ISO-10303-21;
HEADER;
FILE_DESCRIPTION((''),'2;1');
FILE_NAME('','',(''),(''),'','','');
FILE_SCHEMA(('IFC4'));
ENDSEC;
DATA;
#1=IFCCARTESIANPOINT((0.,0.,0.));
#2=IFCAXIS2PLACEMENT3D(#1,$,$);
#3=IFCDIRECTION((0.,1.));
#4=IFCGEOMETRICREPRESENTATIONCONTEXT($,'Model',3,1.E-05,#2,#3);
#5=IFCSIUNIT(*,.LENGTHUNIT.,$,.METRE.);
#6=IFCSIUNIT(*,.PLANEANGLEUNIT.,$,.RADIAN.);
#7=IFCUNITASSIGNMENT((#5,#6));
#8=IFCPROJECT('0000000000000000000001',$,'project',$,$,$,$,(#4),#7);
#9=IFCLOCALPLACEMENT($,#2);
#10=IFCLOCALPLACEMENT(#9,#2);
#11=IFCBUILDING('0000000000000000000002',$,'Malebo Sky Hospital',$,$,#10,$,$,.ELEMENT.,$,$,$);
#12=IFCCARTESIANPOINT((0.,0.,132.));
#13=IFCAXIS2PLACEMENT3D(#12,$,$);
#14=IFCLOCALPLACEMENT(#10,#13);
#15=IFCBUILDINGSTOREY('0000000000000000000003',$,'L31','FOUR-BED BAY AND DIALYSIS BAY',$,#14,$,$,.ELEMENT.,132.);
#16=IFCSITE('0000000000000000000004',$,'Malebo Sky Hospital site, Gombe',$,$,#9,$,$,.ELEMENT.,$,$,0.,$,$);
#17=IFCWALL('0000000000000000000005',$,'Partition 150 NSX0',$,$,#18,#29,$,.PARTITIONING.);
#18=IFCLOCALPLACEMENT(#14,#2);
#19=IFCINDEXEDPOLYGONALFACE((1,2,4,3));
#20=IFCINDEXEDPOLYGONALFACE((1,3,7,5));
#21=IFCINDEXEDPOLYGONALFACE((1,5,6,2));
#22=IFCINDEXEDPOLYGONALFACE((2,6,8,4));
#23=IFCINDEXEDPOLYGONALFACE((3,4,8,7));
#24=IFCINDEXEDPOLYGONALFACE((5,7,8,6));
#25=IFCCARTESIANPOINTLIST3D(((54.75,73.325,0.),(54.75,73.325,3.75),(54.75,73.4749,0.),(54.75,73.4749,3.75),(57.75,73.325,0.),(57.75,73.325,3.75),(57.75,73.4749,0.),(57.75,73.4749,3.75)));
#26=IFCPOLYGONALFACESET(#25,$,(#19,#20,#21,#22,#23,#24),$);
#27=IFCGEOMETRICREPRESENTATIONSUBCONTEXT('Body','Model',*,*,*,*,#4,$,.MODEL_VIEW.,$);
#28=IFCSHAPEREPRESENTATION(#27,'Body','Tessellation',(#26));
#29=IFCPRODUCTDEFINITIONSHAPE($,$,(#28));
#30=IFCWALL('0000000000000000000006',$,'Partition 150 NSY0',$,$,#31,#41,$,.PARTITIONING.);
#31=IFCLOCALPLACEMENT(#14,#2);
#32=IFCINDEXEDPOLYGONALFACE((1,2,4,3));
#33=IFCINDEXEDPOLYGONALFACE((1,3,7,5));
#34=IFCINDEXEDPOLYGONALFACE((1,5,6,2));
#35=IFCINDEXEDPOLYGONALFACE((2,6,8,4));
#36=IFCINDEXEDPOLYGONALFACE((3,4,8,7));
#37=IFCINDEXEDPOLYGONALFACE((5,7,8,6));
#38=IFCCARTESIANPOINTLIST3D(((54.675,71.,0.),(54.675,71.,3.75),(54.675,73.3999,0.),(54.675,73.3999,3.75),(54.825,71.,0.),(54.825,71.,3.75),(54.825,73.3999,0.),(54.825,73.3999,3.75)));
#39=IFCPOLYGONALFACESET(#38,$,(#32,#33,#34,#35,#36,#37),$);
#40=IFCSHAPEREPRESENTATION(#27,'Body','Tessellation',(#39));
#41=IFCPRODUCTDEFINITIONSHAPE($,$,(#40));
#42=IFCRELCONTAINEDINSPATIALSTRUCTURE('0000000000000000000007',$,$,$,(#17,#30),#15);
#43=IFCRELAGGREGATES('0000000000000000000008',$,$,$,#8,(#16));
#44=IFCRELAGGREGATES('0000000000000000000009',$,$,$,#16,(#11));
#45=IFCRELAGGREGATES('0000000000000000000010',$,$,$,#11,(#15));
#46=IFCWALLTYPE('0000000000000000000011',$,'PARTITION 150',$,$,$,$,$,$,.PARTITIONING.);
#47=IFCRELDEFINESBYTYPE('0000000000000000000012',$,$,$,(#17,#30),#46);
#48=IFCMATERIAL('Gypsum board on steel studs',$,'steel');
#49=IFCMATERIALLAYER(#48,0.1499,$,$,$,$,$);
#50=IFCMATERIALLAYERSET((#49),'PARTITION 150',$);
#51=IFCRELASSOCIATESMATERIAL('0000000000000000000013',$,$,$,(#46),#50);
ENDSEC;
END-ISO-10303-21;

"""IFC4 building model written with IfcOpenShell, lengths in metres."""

from ifc_helpers import new_model, si_unit, direction, frame, frame_2d, origin, place, context, subcontext, project, spatial, rectangle, extrude, material, layer, layer_set, type_object, element, save


model = new_model("IFC4")

# Units and contexts
model_context = context("Model", 3, precision=1e-05, world=origin(), true_north=direction((0.0, 1.0)))
body_context = subcontext(model_context, "Body", "Model", "MODEL_VIEW")
ifc_project = project(units=[si_unit("LENGTHUNIT", "METRE"), si_unit("PLANEANGLEUNIT", "RADIAN")], contexts=[model_context])

# Site, building, storey
site_placement = place(None, origin())
site = spatial("IfcSite", under=ifc_project, at=site_placement, Name="Malebo Sky Hospital site, Gombe", CompositionType="ELEMENT", RefElevation=0.0)
building_placement = place(site_placement, origin())
building = spatial("IfcBuilding", under=site, at=building_placement, Name="Malebo Sky Hospital", CompositionType="ELEMENT")
storey_placement = place(building_placement, frame((0.0, 0.0, 132.0)))
storey = spatial("IfcBuildingStorey", under=building, at=storey_placement, Name="L31", Description="FOUR-BED BAY AND DIALYSIS BAY", CompositionType="ELEMENT", Elevation=132.0)

# Shared definitions
ifc_material_1 = material(Name="Gypsum board on steel studs", Category="steel")

# Shared definitions
ifc_layer_1 = layer(ifc_material_1, 0.1499)
ifc_layer_set_1 = layer_set([ifc_layer_1], Name="PARTITION 150")
wall_type_1 = type_object("IfcWallType", Name="PARTITION 150", PredefinedType="PARTITIONING", material=ifc_layer_set_1)

# Walls
wall_1_placement = place(storey_placement, frame((54.75, 73.3999, 0.0), z_axis=(0.0, 0.0, 1.0), x_axis=(1.0, 0.0, 0.0)))
element("IfcWall", 1, at=wall_1_placement, inside=storey, type_object=wall_type_1, Name="Partition 150 NSX0", PredefinedType="PARTITIONING", context=body_context, shape_type="SweptSolid", body=[
    extrude(rectangle(XDim=3.0, YDim=0.1499, at=frame_2d((1.5, 0.0))), origin(), (0.0, 0.0, 1.0), 3.75),
])
wall_2_placement = place(storey_placement, frame((54.75, 71.0, 0.0), z_axis=(0.0, 0.0, 1.0), x_axis=(0.0, 1.0, 0.0)))
element("IfcWall", 2, at=wall_2_placement, inside=storey, type_object=wall_type_1, Name="Partition 150 NSY0", PredefinedType="PARTITIONING", context=body_context, shape_type="SweptSolid", body=[
    extrude(rectangle(XDim=2.3999, YDim=0.1499, at=frame_2d((1.2, 0.0))), origin(), (0.0, 0.0, 1.0), 3.75),
])

save(model, "model.ifc")
